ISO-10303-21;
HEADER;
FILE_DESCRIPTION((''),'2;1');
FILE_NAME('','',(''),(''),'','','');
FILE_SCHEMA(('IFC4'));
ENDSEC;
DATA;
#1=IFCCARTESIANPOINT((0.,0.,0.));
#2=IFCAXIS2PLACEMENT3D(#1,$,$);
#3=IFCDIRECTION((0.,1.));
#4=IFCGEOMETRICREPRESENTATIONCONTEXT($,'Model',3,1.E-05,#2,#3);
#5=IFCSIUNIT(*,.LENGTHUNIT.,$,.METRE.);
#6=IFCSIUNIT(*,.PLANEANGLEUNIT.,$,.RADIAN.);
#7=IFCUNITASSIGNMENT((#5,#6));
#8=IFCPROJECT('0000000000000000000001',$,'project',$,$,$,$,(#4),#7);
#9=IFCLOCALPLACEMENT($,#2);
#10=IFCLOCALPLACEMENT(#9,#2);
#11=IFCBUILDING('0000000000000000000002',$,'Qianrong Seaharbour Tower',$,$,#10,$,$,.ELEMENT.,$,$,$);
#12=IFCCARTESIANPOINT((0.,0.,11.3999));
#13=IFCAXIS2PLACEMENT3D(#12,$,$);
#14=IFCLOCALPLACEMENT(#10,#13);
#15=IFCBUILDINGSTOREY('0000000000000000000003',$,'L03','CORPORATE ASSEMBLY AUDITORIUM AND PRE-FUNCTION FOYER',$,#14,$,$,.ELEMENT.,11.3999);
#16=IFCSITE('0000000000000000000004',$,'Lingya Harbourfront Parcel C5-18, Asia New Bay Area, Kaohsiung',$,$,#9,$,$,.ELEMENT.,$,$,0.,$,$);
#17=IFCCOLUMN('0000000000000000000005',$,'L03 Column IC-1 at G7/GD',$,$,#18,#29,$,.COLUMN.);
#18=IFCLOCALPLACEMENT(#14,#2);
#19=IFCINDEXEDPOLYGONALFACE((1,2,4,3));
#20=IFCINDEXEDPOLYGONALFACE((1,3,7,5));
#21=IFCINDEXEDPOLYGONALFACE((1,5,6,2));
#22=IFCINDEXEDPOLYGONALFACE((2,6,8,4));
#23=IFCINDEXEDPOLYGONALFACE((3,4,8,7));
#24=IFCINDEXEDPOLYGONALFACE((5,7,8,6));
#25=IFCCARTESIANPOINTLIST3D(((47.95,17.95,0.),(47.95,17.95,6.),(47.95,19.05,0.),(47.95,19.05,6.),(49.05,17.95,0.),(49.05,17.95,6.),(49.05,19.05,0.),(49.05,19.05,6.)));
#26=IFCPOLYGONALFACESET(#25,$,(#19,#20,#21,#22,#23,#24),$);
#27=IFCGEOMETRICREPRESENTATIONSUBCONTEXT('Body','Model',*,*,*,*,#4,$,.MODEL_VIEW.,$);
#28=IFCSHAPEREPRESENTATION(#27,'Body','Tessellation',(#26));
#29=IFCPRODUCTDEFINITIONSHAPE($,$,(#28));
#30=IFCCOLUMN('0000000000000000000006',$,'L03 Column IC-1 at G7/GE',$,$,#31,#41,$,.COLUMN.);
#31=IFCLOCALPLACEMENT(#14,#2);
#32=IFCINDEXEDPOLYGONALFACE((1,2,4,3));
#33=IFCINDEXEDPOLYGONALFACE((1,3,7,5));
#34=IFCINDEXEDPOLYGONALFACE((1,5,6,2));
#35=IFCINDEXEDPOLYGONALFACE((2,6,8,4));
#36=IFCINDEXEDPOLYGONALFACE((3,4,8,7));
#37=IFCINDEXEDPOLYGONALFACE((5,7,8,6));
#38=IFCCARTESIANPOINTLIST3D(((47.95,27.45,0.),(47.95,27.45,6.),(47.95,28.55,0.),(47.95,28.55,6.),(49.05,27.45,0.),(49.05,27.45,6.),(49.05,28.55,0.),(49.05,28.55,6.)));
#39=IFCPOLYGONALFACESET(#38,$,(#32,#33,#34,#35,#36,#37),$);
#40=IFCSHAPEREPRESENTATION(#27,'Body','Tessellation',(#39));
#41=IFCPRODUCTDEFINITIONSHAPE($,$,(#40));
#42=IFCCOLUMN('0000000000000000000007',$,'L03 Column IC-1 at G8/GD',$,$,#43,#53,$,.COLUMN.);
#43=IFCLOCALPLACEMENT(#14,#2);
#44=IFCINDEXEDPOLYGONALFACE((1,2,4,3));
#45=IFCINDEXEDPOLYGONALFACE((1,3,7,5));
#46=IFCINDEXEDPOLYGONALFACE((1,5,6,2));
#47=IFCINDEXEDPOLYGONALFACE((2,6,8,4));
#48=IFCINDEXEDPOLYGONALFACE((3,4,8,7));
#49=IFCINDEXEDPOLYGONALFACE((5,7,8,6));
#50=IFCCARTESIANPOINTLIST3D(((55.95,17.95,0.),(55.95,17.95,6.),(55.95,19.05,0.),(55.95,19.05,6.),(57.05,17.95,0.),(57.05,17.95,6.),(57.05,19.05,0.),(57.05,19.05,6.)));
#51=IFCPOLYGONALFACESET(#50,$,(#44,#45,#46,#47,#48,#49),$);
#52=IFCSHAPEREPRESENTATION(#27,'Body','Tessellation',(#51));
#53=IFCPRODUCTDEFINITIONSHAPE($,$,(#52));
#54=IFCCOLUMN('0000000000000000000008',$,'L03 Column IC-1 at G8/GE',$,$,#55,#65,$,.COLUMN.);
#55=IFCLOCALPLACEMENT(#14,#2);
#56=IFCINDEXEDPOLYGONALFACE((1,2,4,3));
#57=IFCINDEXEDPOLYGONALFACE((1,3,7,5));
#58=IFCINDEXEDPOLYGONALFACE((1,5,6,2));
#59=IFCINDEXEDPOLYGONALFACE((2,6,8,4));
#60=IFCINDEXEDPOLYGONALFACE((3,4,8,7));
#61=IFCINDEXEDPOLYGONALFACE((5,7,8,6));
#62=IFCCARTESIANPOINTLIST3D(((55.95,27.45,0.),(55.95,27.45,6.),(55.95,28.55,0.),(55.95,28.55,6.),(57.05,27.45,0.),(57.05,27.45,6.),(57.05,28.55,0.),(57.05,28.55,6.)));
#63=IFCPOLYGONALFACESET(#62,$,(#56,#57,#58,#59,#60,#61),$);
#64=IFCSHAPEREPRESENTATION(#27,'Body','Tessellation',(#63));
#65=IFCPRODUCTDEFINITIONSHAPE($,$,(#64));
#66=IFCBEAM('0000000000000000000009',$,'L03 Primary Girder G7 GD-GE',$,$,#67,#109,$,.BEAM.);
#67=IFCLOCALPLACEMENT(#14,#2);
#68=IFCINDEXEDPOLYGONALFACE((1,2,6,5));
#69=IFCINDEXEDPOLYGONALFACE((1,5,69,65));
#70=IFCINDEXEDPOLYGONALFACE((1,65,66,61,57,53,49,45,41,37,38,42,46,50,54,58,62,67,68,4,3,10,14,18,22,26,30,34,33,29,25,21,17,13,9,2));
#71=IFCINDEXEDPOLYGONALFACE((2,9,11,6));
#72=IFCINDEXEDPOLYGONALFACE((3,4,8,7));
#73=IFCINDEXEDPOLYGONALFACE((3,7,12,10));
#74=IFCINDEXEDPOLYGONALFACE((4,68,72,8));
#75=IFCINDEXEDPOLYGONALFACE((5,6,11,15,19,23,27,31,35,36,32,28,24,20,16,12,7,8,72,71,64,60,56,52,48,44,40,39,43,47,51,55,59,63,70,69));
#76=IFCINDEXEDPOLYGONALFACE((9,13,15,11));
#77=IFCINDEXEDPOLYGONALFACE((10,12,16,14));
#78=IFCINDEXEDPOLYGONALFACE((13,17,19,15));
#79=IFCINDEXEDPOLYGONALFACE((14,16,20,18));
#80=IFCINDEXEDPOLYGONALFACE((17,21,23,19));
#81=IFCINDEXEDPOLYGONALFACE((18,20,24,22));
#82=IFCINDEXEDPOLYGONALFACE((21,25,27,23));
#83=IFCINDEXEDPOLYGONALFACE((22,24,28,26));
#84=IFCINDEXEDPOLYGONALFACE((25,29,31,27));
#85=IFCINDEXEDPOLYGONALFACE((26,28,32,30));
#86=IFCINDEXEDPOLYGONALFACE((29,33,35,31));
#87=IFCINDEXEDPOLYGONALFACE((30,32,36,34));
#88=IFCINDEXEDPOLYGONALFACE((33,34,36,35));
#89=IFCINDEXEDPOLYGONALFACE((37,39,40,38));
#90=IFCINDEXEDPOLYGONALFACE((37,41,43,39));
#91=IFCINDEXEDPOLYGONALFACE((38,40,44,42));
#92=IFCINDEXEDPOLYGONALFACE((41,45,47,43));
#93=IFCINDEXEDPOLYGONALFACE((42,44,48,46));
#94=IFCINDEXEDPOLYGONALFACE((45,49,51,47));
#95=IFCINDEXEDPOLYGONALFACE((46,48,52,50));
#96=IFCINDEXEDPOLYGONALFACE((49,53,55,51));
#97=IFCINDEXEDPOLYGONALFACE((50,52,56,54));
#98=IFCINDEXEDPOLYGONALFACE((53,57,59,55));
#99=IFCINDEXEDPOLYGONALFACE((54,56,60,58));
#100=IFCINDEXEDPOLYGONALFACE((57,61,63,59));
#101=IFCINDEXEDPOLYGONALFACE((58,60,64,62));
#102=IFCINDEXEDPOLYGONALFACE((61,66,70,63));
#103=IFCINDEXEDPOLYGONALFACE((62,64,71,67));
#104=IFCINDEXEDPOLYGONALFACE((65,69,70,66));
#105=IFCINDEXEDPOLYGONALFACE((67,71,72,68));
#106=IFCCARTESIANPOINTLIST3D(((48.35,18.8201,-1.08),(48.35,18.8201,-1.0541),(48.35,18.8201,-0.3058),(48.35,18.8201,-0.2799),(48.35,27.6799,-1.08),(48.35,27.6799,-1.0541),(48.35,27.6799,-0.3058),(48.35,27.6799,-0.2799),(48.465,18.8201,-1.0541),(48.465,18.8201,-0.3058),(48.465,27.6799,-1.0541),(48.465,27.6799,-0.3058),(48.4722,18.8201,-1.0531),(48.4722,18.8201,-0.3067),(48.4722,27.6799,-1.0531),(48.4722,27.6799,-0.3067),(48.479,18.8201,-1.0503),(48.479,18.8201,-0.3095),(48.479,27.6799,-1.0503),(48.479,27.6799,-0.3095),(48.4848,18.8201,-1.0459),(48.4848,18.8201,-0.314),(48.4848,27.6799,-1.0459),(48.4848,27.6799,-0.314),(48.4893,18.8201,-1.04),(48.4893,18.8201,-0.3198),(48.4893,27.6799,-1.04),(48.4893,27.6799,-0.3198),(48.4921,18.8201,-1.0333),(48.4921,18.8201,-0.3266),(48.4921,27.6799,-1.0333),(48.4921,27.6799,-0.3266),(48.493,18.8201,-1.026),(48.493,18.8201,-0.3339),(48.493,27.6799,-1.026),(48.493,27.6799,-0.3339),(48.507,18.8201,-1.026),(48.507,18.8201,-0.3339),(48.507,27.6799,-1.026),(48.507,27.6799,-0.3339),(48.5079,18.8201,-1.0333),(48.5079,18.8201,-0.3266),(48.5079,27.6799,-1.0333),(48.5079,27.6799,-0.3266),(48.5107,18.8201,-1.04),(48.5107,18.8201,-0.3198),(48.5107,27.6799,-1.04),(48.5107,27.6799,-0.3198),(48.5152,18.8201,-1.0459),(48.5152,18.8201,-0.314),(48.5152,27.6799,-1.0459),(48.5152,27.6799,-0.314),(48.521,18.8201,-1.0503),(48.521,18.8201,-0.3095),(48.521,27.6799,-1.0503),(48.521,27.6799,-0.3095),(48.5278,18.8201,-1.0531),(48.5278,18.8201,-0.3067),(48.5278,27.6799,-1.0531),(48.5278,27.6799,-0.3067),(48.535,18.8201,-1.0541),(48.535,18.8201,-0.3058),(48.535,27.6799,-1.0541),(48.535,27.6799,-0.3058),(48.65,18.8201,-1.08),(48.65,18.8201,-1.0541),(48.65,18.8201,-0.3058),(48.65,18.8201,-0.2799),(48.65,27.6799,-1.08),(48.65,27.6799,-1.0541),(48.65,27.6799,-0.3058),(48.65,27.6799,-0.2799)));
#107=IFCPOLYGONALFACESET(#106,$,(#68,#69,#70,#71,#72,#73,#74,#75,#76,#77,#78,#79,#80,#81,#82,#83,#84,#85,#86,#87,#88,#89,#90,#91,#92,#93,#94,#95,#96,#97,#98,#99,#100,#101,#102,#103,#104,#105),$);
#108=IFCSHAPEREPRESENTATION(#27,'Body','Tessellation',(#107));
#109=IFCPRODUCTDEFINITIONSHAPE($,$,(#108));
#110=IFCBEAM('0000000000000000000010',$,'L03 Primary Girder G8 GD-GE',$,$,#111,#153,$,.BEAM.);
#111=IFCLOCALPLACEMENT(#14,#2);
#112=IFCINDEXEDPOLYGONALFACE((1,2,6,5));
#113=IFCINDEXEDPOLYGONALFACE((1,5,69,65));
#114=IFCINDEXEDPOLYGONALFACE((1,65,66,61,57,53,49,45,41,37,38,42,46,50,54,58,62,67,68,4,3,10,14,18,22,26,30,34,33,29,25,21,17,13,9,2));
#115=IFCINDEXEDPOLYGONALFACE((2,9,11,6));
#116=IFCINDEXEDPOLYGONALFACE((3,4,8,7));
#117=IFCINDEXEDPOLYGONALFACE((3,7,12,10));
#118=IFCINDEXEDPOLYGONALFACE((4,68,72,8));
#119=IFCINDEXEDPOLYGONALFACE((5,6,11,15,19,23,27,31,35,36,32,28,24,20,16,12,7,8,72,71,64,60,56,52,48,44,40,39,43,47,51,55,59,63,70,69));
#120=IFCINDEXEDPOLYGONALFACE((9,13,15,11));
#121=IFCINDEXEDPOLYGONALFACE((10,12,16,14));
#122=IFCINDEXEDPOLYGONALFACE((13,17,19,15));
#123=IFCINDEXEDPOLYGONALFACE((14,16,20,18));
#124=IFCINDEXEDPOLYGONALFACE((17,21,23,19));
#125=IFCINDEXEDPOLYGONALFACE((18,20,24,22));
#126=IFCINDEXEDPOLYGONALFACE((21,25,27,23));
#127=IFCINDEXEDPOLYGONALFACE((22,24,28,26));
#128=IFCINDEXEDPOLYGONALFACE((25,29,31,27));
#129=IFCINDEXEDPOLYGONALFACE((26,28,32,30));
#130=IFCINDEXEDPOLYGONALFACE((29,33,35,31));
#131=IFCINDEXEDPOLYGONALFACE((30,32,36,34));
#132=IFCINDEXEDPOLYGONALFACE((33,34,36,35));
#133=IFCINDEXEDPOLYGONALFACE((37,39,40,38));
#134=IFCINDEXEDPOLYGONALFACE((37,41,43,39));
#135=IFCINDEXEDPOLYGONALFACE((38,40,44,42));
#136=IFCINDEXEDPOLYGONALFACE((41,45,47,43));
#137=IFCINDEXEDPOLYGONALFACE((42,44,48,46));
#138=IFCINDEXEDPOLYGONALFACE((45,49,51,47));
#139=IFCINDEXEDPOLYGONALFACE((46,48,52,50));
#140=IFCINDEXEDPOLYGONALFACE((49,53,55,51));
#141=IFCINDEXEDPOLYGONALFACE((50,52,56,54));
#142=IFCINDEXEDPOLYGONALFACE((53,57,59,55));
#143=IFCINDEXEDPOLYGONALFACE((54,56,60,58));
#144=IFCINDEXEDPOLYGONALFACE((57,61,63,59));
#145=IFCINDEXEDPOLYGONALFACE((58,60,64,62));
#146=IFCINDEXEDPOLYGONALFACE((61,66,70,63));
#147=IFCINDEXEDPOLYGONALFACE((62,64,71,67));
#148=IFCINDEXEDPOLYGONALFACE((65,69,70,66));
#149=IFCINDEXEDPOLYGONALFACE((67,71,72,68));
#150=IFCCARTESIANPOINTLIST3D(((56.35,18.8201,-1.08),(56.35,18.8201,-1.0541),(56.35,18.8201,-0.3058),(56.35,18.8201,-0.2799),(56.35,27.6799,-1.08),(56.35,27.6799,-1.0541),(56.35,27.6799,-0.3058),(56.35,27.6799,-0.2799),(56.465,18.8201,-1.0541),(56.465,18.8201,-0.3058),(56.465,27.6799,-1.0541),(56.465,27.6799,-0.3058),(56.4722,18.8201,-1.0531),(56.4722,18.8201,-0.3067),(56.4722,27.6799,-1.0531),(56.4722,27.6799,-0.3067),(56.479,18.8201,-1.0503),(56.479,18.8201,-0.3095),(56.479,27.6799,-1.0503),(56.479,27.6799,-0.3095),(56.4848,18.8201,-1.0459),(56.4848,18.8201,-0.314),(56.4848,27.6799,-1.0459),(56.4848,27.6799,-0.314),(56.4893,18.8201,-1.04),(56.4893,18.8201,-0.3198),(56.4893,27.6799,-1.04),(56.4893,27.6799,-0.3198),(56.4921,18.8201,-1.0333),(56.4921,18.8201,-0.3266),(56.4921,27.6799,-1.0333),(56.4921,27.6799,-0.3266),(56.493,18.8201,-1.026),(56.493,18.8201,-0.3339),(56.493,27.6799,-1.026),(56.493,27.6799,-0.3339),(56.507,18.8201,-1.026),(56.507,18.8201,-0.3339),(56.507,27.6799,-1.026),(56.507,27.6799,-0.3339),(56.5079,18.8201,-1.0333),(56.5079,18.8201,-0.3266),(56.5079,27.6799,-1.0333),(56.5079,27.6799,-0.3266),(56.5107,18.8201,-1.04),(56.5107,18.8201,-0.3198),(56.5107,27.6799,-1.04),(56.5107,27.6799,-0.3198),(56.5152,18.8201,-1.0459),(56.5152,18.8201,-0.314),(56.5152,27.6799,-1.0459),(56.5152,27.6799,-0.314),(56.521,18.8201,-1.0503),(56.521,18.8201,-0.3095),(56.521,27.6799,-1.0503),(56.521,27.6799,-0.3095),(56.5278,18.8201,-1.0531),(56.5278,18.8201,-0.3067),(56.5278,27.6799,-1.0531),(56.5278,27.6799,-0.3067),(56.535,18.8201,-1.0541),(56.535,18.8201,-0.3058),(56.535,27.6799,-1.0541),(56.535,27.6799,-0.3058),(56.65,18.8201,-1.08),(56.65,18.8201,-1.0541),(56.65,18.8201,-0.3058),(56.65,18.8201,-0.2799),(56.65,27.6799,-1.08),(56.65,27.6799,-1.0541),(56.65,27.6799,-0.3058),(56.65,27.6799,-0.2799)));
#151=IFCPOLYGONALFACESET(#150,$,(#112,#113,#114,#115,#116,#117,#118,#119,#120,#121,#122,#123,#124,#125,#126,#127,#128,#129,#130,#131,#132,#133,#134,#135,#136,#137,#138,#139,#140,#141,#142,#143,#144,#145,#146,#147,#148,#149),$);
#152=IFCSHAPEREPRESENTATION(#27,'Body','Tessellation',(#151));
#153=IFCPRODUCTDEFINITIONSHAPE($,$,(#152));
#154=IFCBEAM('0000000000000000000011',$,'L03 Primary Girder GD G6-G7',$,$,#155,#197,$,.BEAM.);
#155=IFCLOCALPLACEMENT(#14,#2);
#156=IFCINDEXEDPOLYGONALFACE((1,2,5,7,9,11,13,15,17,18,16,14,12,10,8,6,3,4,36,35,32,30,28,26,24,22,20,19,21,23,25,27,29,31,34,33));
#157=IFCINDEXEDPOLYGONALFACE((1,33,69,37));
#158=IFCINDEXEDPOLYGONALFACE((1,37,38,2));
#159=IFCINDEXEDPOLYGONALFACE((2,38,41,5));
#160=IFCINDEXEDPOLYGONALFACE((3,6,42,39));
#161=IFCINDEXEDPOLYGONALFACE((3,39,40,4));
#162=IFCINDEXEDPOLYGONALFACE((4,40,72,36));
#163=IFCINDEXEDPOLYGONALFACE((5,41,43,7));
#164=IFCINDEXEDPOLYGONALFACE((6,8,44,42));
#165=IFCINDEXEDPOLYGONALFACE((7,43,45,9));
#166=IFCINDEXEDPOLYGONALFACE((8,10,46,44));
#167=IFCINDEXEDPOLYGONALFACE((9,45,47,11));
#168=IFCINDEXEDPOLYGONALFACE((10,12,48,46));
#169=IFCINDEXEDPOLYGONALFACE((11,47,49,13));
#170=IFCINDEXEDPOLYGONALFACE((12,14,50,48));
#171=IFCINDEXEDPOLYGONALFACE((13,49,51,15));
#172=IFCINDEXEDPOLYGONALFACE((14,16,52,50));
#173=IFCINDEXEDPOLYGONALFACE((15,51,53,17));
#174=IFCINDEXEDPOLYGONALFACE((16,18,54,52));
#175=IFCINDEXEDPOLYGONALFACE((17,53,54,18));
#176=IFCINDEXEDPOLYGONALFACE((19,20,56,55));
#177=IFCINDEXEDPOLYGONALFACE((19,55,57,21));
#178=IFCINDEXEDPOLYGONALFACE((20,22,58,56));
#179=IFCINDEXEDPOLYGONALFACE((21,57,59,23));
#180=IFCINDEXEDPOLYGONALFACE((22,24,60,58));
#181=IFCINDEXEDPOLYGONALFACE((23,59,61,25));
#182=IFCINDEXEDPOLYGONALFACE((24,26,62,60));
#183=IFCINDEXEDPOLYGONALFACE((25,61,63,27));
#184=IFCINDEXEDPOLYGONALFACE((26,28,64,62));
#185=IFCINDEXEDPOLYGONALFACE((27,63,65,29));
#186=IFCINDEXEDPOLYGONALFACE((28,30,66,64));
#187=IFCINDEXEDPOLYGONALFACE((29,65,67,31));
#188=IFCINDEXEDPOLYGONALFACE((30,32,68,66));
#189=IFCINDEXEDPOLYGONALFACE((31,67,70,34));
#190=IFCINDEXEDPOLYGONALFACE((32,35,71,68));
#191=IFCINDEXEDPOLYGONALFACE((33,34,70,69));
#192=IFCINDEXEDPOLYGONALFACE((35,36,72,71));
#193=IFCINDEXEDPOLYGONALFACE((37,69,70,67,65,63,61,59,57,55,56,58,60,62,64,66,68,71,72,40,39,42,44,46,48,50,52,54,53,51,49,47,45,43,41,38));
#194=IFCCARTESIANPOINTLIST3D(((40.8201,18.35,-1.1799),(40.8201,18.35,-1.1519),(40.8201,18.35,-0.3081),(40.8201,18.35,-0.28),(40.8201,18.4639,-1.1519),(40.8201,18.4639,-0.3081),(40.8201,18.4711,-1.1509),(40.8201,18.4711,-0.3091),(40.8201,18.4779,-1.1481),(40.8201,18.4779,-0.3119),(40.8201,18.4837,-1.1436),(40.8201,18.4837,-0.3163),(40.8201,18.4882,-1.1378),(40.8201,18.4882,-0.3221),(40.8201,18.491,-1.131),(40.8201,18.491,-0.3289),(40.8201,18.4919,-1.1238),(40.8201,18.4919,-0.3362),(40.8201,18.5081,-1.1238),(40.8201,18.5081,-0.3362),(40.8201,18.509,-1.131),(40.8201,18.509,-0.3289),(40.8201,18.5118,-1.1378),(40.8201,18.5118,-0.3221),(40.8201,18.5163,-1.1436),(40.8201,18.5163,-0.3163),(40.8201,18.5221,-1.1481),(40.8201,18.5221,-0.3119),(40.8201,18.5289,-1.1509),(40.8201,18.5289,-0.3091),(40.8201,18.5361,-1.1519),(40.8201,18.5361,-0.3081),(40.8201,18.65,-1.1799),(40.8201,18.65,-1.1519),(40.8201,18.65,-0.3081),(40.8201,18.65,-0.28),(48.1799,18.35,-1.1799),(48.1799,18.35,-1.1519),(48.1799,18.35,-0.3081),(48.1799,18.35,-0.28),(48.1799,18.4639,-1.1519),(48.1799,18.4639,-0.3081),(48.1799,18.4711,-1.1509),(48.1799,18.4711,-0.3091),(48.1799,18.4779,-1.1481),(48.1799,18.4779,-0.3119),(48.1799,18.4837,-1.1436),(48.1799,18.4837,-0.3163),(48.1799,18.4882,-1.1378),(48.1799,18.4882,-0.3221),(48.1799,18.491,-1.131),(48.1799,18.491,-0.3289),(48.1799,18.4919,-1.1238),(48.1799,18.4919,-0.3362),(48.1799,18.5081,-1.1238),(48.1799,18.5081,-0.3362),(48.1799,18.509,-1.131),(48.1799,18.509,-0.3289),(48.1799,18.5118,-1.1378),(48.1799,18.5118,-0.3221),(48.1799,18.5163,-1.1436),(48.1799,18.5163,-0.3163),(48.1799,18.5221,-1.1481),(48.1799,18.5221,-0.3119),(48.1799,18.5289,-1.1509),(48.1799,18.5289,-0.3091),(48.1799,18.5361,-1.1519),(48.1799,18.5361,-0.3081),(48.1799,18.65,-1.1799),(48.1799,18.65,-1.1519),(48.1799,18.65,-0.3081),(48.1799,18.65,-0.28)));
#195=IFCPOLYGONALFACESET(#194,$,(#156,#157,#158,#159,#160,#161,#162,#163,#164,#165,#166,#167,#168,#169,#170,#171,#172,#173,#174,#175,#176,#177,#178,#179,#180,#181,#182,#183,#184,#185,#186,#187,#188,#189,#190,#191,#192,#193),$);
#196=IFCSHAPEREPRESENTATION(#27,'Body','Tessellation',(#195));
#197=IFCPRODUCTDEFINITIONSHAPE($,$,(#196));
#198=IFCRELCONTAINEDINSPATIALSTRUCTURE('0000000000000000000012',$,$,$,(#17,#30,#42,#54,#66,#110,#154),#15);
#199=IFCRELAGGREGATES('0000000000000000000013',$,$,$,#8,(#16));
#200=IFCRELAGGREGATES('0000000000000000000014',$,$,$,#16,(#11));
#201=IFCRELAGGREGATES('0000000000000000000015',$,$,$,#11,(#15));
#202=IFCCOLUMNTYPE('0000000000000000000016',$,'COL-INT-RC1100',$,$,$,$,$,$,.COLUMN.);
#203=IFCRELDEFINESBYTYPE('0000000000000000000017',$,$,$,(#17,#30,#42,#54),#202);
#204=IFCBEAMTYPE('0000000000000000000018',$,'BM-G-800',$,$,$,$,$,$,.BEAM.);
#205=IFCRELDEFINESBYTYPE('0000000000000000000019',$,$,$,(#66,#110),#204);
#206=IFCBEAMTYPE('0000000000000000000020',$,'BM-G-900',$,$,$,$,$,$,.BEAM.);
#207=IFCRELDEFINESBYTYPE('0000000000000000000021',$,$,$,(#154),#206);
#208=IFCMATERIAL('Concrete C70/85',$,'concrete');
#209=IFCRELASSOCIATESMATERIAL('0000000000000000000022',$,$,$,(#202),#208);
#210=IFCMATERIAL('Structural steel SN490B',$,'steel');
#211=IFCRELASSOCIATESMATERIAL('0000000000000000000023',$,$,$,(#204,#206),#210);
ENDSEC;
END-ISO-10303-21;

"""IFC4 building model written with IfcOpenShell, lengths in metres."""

from ifc_helpers import new_model, si_unit, direction, frame, origin, origin_2d, place, context, subcontext, project, spatial, rectangle, i_section, extrude, material, material_profile, profile_set, type_object, element, save


model = new_model("IFC4")

# Units and contexts
model_context = context("Model", 3, precision=1e-05, world=origin(), true_north=direction((0.0, 1.0)))
body_context = subcontext(model_context, "Body", "Model", "MODEL_VIEW")
ifc_project = project(units=[si_unit("LENGTHUNIT", "METRE"), si_unit("PLANEANGLEUNIT", "RADIAN")], contexts=[model_context])

# Site, building, storey
site_placement = place(None, origin())
site = spatial("IfcSite", under=ifc_project, at=site_placement, Name="Lingya Harbourfront Parcel C5-18, Asia New Bay Area, Kaohsiung", CompositionType="ELEMENT", RefElevation=0.0)
building_placement = place(site_placement, origin())
building = spatial("IfcBuilding", under=site, at=building_placement, Name="Qianrong Seaharbour Tower", CompositionType="ELEMENT")
storey_placement = place(building_placement, frame((0.0, 0.0, 11.3999)))
storey = spatial("IfcBuildingStorey", under=building, at=storey_placement, Name="L03", Description="CORPORATE ASSEMBLY AUDITORIUM AND PRE-FUNCTION FOYER", CompositionType="ELEMENT", Elevation=11.3999)

# Columns
ifc_material_1 = material(Name="Concrete C70/85", Category="concrete")
ifc_material_profile_1 = material_profile(ifc_material_1, rectangle(XDim=1.1001, YDim=1.1001, at=origin_2d()), Name="RC1100x1100")
ifc_profile_set_1 = profile_set([ifc_material_profile_1], Name="Concrete C70/85")
column_type = type_object("IfcColumnType", Name="COL-INT-RC1100", PredefinedType="COLUMN", material=ifc_profile_set_1)
for number, where, z_axis, x_axis, name in (
    (1, (48.5, 18.5, 0.0), (0.0, 0.0, 1.0), (1.0, 0.0, 0.0), "L03 Column IC-1 at G7/GD"),
    (2, (48.5, 28.0, 0.0), (0.0, 0.0, 1.0), (1.0, 0.0, 0.0), "L03 Column IC-1 at G7/GE"),
    (3, (56.5, 18.5, 0.0), (0.0, 0.0, 1.0), (1.0, 0.0, 0.0), "L03 Column IC-1 at G8/GD"),
    (4, (56.5, 28.0, 0.0), (0.0, 0.0, 1.0), (1.0, 0.0, 0.0), "L03 Column IC-1 at G8/GE"),
):
    element("IfcColumn", number, at=place(storey_placement, frame(where, z_axis=z_axis, x_axis=x_axis)), inside=storey, type_object=column_type, Name=name, PredefinedType="COLUMN", context=body_context, shape_type="SweptSolid", body=[
        extrude(rectangle(XDim=1.1001, YDim=1.1001, at=origin_2d()), origin(), (0.0, 0.0, 1.0), 6.0),
    ])

# Beams
ifc_material_2 = material(Name="Structural steel SN490B", Category="steel")
ifc_material_profile_2 = material_profile(ifc_material_2, i_section(OverallWidth=0.3, OverallDepth=0.8, WebThickness=0.0139, FlangeThickness=0.0259, FilletRadius=0.0281, at=origin_2d()), Name="H800x300x14x26")
ifc_profile_set_2 = profile_set([ifc_material_profile_2], Name="Structural steel SN490B")
beam_type_1 = type_object("IfcBeamType", Name="BM-G-800", PredefinedType="BEAM", material=ifc_profile_set_2)
for number, where, z_axis, x_axis, name in (
    (5, (48.5, 18.8201, -0.6799), (0.0, 1.0, 0.0), (-1.0, 0.0, 0.0), "L03 Primary Girder G7 GD-GE"),
    (6, (56.5, 18.8201, -0.6799), (0.0, 1.0, 0.0), (-1.0, 0.0, 0.0), "L03 Primary Girder G8 GD-GE"),
):
    element("IfcBeam", number, at=place(storey_placement, frame(where, z_axis=z_axis, x_axis=x_axis)), inside=storey, type_object=beam_type_1, Name=name, PredefinedType="BEAM", context=body_context, shape_type="SweptSolid", body=[
        extrude(i_section(OverallWidth=0.3, OverallDepth=0.8, WebThickness=0.0139, FlangeThickness=0.0259, FilletRadius=0.0281, at=origin_2d()), origin(), (0.0, 0.0, 1.0), 8.8599),
    ])
ifc_material_profile_3 = material_profile(ifc_material_2, i_section(OverallWidth=0.3, OverallDepth=0.8999, WebThickness=0.0161, FlangeThickness=0.0281, FilletRadius=0.0281, at=origin_2d()), Name="H900x300x16x28")
ifc_profile_set_3 = profile_set([ifc_material_profile_3], Name="Structural steel SN490B")
beam_type_2 = type_object("IfcBeamType", Name="BM-G-900", PredefinedType="BEAM", material=ifc_profile_set_3)
for number, where, z_axis, x_axis, name in (
    (7, (40.8201, 18.5, -0.73), (1.0, 0.0, 0.0), (0.0, 1.0, 0.0), "L03 Primary Girder GD G6-G7"),
):
    element("IfcBeam", number, at=place(storey_placement, frame(where, z_axis=z_axis, x_axis=x_axis)), inside=storey, type_object=beam_type_2, Name=name, PredefinedType="BEAM", context=body_context, shape_type="SweptSolid", body=[
        extrude(i_section(OverallWidth=0.3, OverallDepth=0.8999, WebThickness=0.0161, FlangeThickness=0.0281, FilletRadius=0.0281, at=origin_2d()), origin(), (0.0, 0.0, 1.0), 7.3599),
    ])

save(model, "model.ifc")
